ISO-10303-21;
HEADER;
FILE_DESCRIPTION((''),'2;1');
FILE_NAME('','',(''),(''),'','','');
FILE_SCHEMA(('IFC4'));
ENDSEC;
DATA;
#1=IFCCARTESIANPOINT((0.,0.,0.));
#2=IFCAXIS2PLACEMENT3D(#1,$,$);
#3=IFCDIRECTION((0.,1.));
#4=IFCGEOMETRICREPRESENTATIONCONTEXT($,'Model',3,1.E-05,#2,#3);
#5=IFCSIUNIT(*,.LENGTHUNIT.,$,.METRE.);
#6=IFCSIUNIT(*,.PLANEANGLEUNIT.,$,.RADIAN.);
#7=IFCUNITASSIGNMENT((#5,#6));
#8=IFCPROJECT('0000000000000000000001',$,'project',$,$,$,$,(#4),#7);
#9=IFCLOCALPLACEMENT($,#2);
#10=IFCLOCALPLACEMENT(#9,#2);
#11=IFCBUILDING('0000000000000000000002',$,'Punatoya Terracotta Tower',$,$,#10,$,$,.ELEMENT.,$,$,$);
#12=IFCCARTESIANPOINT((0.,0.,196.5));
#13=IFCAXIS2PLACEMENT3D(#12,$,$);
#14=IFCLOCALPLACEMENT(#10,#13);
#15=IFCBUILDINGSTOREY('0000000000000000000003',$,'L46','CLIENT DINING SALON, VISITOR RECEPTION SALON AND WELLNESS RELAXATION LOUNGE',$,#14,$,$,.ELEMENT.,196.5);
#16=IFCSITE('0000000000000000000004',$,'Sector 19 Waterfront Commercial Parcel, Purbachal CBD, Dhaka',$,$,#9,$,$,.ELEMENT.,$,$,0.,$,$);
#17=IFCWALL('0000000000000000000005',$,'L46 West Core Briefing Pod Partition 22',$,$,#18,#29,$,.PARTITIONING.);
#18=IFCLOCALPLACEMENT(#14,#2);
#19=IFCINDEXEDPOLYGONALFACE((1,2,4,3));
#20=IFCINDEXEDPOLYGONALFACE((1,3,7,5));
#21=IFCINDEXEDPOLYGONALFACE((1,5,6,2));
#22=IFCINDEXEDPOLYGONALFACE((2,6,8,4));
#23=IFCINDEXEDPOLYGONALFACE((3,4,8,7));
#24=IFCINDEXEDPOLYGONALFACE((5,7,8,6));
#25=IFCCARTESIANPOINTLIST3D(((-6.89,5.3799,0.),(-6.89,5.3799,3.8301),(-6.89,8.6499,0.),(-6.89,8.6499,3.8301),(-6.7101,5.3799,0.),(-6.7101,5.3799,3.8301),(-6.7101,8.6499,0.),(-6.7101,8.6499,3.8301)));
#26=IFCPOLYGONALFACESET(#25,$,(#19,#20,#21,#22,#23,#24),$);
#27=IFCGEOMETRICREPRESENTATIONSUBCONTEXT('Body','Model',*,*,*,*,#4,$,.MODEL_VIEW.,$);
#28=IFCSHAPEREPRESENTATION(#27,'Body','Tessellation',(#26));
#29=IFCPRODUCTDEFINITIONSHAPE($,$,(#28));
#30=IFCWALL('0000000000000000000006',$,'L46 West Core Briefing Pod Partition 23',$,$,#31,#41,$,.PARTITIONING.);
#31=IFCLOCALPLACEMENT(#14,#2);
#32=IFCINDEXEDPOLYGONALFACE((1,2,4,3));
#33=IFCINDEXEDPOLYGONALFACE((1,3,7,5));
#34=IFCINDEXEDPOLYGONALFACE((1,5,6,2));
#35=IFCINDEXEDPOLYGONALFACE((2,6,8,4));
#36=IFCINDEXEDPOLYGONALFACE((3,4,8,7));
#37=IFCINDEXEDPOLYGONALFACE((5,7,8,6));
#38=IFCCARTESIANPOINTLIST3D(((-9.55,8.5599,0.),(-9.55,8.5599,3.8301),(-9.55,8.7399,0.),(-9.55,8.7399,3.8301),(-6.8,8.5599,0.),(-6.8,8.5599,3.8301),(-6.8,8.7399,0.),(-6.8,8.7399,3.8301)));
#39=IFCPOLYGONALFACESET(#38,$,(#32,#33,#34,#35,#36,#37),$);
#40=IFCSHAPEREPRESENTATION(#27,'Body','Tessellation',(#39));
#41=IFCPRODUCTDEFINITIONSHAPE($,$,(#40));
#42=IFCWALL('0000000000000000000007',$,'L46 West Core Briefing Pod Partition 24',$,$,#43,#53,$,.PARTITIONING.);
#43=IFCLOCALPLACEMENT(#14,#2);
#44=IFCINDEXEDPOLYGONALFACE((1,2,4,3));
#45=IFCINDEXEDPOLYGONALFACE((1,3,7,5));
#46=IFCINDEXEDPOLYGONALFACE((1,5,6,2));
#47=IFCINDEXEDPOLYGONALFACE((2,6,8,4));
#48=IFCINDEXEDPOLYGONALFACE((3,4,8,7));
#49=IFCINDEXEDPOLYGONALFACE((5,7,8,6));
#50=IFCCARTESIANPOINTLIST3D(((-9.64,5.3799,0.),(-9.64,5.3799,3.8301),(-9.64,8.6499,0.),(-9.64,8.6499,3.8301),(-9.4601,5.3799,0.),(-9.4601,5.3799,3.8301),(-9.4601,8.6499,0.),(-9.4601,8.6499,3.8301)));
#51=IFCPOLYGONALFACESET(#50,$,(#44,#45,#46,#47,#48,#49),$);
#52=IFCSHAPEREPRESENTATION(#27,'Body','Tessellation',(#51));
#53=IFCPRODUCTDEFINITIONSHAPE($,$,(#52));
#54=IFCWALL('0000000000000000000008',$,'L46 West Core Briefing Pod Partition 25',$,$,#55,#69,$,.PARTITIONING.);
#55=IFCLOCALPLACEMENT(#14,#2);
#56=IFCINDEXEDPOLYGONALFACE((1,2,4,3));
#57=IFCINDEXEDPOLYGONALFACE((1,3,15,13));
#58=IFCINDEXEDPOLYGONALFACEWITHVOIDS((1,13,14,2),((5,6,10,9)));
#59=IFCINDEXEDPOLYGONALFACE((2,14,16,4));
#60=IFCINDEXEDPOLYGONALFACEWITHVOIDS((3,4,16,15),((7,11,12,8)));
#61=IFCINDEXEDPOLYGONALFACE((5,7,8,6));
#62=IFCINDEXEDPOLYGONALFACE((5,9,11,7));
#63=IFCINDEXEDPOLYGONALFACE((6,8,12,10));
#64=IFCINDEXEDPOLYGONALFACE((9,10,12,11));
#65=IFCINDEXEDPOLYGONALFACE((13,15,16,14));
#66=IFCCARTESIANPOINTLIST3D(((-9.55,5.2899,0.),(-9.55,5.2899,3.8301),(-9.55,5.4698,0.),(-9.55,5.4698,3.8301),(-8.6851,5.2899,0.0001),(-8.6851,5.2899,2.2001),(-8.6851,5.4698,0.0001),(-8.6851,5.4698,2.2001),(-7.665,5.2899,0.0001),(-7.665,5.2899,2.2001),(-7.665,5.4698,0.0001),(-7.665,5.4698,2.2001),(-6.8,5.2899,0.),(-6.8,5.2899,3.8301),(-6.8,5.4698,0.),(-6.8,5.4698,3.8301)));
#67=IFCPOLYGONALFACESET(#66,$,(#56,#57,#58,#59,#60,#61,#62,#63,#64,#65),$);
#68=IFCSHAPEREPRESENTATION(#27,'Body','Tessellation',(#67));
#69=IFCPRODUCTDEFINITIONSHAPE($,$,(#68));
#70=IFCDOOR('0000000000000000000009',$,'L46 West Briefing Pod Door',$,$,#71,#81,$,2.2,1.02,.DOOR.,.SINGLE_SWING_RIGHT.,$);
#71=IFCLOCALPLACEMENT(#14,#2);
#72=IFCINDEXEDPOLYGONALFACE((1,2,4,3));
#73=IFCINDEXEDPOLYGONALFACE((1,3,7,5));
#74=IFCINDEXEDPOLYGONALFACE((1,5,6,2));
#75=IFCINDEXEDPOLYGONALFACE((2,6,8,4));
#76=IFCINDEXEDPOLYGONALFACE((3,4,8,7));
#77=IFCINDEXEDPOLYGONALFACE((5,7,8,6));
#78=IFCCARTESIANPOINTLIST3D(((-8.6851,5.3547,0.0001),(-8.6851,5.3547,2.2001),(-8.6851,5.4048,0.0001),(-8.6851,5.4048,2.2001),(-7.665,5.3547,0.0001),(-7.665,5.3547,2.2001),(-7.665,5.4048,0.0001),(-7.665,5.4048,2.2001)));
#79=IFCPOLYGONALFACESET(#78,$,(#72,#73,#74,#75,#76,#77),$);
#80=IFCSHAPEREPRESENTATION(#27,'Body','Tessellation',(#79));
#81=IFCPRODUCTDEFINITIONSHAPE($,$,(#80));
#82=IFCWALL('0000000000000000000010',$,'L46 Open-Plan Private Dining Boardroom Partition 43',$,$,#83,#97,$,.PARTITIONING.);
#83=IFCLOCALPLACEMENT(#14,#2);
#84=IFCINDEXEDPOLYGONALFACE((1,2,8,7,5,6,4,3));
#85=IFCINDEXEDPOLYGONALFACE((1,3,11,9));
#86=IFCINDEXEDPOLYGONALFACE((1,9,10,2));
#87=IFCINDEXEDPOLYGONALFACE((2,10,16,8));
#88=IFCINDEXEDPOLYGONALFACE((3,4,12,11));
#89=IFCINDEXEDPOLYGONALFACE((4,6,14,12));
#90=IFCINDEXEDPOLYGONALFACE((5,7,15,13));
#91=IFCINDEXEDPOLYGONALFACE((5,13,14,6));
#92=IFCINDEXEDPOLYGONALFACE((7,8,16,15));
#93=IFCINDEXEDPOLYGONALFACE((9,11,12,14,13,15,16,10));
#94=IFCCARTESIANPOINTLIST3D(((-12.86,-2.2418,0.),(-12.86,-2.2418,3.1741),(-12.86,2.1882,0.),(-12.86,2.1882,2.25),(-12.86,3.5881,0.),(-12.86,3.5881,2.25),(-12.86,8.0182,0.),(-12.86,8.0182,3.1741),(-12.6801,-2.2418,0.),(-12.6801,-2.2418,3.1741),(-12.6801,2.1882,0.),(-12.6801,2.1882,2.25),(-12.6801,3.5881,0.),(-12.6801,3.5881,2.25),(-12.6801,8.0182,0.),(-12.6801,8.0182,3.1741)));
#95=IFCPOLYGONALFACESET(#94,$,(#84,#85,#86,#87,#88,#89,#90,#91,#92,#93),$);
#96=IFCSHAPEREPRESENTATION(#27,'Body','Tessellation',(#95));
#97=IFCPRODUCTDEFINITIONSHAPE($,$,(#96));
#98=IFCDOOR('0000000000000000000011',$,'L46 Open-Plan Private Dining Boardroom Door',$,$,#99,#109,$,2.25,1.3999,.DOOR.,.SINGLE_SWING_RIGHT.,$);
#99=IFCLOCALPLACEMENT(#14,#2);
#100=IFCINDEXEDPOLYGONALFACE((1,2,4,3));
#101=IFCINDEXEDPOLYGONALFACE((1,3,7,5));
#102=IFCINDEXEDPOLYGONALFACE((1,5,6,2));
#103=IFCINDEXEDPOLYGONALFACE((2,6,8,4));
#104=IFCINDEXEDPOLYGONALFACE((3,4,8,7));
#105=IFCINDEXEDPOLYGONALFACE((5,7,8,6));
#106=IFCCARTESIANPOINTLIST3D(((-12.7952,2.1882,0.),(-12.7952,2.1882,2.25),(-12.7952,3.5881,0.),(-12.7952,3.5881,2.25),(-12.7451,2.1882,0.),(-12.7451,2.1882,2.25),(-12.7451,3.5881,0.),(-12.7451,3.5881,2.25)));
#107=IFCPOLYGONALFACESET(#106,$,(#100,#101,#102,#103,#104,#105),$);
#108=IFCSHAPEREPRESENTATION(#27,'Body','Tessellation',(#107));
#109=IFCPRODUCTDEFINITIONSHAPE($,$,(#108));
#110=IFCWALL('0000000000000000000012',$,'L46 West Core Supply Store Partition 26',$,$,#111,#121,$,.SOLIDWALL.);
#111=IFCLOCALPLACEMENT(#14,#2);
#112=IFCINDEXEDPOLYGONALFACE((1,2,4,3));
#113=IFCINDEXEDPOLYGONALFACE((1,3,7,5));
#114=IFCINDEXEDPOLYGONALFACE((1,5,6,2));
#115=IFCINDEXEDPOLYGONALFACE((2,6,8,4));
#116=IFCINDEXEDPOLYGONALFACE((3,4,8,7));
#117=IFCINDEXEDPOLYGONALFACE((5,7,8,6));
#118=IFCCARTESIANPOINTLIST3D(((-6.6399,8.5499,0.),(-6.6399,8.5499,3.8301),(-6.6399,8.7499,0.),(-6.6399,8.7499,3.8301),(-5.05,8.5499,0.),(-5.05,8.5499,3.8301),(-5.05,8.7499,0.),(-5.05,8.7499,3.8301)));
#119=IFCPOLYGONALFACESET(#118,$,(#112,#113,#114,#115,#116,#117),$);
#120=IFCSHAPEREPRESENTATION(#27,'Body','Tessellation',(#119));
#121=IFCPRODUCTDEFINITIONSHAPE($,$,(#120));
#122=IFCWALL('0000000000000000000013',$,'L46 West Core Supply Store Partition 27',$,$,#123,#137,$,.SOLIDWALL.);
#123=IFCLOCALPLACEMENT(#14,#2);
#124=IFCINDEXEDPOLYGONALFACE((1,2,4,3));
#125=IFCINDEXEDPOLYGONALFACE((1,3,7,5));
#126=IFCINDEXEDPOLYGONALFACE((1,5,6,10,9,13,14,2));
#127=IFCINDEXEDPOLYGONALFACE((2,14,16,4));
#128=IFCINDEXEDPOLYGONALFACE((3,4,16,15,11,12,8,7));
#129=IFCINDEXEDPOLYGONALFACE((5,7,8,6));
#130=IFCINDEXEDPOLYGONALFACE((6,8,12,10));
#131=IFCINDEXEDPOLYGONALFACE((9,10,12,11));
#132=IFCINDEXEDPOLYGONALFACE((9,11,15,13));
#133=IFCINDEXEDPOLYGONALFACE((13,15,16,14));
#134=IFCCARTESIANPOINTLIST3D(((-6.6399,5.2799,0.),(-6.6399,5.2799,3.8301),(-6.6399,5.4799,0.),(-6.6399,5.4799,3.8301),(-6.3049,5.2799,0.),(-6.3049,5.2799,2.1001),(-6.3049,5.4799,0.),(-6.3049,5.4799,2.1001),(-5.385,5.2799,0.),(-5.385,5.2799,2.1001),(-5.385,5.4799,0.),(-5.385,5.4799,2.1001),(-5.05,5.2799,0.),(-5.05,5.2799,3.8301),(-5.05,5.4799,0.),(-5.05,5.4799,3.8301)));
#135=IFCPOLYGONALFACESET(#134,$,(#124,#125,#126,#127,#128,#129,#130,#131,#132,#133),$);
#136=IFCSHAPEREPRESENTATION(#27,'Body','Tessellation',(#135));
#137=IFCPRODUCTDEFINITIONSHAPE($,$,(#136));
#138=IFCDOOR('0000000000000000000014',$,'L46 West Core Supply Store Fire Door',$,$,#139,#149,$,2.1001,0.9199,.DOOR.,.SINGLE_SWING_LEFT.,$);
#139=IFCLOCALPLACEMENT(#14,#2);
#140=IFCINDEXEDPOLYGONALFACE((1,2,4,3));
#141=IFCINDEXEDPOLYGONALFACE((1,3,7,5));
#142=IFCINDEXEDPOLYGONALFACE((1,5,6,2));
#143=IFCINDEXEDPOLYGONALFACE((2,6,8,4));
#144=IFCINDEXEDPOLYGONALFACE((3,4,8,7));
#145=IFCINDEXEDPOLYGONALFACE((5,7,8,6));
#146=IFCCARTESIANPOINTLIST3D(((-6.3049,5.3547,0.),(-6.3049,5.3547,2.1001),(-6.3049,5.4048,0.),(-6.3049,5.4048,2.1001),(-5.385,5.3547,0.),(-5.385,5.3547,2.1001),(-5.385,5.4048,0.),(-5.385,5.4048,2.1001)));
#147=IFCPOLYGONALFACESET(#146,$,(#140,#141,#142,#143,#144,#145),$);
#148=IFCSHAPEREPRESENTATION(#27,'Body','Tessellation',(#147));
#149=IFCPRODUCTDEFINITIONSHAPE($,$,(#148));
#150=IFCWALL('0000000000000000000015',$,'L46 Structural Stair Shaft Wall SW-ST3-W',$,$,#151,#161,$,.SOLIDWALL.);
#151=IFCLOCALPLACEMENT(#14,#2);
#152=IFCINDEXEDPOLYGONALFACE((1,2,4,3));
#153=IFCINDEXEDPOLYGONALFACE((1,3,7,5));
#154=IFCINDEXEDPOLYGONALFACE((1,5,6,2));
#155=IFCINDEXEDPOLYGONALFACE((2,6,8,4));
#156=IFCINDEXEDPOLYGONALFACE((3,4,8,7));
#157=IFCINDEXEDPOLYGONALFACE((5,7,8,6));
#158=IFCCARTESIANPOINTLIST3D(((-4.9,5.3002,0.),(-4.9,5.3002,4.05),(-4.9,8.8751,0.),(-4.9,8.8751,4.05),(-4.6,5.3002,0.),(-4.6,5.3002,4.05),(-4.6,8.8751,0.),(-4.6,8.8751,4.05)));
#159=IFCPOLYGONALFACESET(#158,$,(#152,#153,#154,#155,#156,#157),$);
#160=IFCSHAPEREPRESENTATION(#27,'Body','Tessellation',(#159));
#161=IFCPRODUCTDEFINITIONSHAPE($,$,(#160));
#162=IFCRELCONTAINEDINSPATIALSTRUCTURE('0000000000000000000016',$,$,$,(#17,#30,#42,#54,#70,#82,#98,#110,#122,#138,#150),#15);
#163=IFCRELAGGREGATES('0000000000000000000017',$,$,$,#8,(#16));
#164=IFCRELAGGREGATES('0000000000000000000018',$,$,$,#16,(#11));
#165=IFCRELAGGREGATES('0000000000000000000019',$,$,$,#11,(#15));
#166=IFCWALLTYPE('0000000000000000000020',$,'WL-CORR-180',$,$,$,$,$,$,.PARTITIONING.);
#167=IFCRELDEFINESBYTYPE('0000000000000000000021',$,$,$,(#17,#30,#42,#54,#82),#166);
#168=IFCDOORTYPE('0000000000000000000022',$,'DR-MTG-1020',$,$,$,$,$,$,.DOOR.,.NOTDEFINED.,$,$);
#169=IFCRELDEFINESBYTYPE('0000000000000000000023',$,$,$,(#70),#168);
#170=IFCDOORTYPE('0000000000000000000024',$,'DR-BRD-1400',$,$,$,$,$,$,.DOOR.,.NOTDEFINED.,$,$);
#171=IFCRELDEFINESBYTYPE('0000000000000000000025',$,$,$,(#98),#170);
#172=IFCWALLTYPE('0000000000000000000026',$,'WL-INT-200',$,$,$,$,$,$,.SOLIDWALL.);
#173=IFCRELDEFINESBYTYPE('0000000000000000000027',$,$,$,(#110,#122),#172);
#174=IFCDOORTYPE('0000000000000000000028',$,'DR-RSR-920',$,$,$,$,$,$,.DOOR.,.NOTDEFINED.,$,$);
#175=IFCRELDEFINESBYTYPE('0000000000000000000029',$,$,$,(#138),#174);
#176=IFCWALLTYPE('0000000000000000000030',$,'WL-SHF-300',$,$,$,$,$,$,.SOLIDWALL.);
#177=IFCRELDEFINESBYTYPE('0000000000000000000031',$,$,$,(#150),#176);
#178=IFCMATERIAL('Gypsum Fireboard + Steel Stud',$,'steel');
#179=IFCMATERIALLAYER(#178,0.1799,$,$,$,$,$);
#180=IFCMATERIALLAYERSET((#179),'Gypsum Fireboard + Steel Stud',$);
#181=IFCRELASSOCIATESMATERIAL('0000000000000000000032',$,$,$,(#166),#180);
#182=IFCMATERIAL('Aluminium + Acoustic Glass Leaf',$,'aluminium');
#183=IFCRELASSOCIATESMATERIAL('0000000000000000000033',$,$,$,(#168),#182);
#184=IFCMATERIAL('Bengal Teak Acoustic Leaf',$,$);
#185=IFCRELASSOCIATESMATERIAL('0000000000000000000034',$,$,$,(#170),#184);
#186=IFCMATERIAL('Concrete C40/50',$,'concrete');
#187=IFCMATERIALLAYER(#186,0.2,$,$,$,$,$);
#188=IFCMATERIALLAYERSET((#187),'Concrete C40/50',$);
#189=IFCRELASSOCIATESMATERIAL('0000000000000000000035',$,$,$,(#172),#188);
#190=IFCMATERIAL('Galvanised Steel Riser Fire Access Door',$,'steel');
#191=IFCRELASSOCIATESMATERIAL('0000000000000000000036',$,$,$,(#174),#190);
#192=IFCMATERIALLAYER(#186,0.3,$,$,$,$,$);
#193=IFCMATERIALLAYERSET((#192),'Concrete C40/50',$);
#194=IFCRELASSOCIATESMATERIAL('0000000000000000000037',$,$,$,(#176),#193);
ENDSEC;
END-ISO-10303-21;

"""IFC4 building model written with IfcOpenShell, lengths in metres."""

from ifc_helpers import new_model, si_unit, direction, frame, frame_2d, origin, place, context, subcontext, project, spatial, rectangle, extrude, material, layer, layer_set, type_object, element, fill, save


model = new_model("IFC4")

# Units and contexts
model_context = context("Model", 3, precision=1e-05, world=origin(), true_north=direction((0.0, 1.0)))
body_context = subcontext(model_context, "Body", "Model", "MODEL_VIEW")
ifc_project = project(units=[si_unit("LENGTHUNIT", "METRE"), si_unit("PLANEANGLEUNIT", "RADIAN")], contexts=[model_context])

# Site, building, storey
site_placement = place(None, origin())
site = spatial("IfcSite", under=ifc_project, at=site_placement, Name="Sector 19 Waterfront Commercial Parcel, Purbachal CBD, Dhaka", CompositionType="ELEMENT", RefElevation=0.0)
building_placement = place(site_placement, origin())
building = spatial("IfcBuilding", under=site, at=building_placement, Name="Punatoya Terracotta Tower", CompositionType="ELEMENT")
storey_placement = place(building_placement, frame((0.0, 0.0, 196.5)))
storey = spatial("IfcBuildingStorey", under=building, at=storey_placement, Name="L46", Description="CLIENT DINING SALON, VISITOR RECEPTION SALON AND WELLNESS RELAXATION LOUNGE", CompositionType="ELEMENT", Elevation=196.5)

# Walls
ifc_material_1 = material(Name="Gypsum Fireboard + Steel Stud", Category="steel")
ifc_layer_1 = layer(ifc_material_1, 0.1799)
ifc_layer_set_1 = layer_set([ifc_layer_1], Name="Gypsum Fireboard + Steel Stud")
wall_type_1 = type_object("IfcWallType", Name="WL-CORR-180", PredefinedType="PARTITIONING", material=ifc_layer_set_1)
wall_1_placement = place(storey_placement, frame((-6.8, 5.3799, 0.0), z_axis=(0.0, 0.0, 1.0), x_axis=(0.0, 1.0, 0.0)))
element("IfcWall", 1, at=wall_1_placement, inside=storey, type_object=wall_type_1, Name="L46 West Core Briefing Pod Partition 22", PredefinedType="PARTITIONING", context=body_context, shape_type="SweptSolid", body=[
    extrude(rectangle(XDim=3.27, YDim=0.1799, at=frame_2d((1.635, 0.0))), origin(), (0.0, 0.0, 1.0), 3.8301),
])
wall_2_placement = place(storey_placement, frame((-6.8, 8.6499, 0.0), z_axis=(0.0, 0.0, 1.0), x_axis=(-1.0, 0.0, 0.0)))
element("IfcWall", 2, at=wall_2_placement, inside=storey, type_object=wall_type_1, Name="L46 West Core Briefing Pod Partition 23", PredefinedType="PARTITIONING", context=body_context, shape_type="SweptSolid", body=[
    extrude(rectangle(XDim=2.75, YDim=0.1799, at=frame_2d((1.375, 0.0))), origin(), (0.0, 0.0, 1.0), 3.8301),
])
wall_3_placement = place(storey_placement, frame((-9.55, 8.6499, 0.0), z_axis=(0.0, 0.0, 1.0), x_axis=(0.0, -1.0, 0.0)))
element("IfcWall", 3, at=wall_3_placement, inside=storey, type_object=wall_type_1, Name="L46 West Core Briefing Pod Partition 24", PredefinedType="PARTITIONING", context=body_context, shape_type="SweptSolid", body=[
    extrude(rectangle(XDim=3.27, YDim=0.1799, at=frame_2d((1.635, 0.0))), origin(), (0.0, 0.0, 1.0), 3.8301),
])

# Walls, openings, doors
wall_4_placement = place(storey_placement, frame((-9.55, 5.3799, 0.0), z_axis=(0.0, 0.0, 1.0), x_axis=(1.0, 0.0, 0.0)))
wall_4 = element("IfcWall", 4, at=wall_4_placement, inside=storey, type_object=wall_type_1, Name="L46 West Core Briefing Pod Partition 25", PredefinedType="PARTITIONING", context=body_context, shape_type="SweptSolid", body=[
    extrude(rectangle(XDim=2.75, YDim=0.1799, at=frame_2d((1.375, 0.0))), origin(), (0.0, 0.0, 1.0), 3.8301),
])
opening_1_placement = place(wall_4_placement, frame((0.865, 0.0, 0.0)))
opening_1 = element("IfcOpeningElement", 5, at=opening_1_placement, cuts=wall_4, PredefinedType="OPENING", context=body_context, shape_type="SweptSolid", body=[
    extrude(rectangle(XDim=1.02, YDim=2.2, at=frame_2d((0.51, 1.1001))), frame((0.0, 0.0999, 0.0), z_axis=(0.0, -1.0, 0.0), x_axis=(1.0, 0.0, 0.0)), (0.0, 0.0, 1.0), 0.2),
])
ifc_material_2 = material(Name="Aluminium + Acoustic Glass Leaf", Category="aluminium")
door_type_1 = type_object("IfcDoorType", Name="DR-MTG-1020", OperationType="NOTDEFINED", PredefinedType="DOOR", material=ifc_material_2)
door_1_placement = place(opening_1_placement, origin())
door_1 = element("IfcDoor", 6, at=door_1_placement, inside=storey, type_object=door_type_1, Name="L46 West Briefing Pod Door", OperationType="SINGLE_SWING_RIGHT", OverallHeight=2.2, OverallWidth=1.02, PredefinedType="DOOR", context=body_context, shape_type="SweptSolid", body=[
    extrude(rectangle(XDim=1.02, YDim=2.2, at=frame_2d((0.51, 1.1001))), frame((0.0, 0.0249, 0.0), z_axis=(0.0, -1.0, 0.0), x_axis=(1.0, 0.0, 0.0)), (0.0, 0.0, 1.0), 0.05),
])
fill(opening_1, door_1)
wall_5_placement = place(storey_placement, frame((-12.77, 8.0181, 0.0), z_axis=(0.0, 0.0, 1.0), x_axis=(0.0, -1.0, 0.0)))
wall_5 = element("IfcWall", 7, at=wall_5_placement, inside=storey, type_object=wall_type_1, Name="L46 Open-Plan Private Dining Boardroom Partition 43", PredefinedType="PARTITIONING", context=body_context, shape_type="SweptSolid", body=[
    extrude(rectangle(XDim=10.26, YDim=0.1799, at=frame_2d((5.1299, 0.0))), origin(), (0.0, 0.0, 1.0), 3.1741),
])
opening_2_placement = place(wall_5_placement, frame((4.4299, 0.0, 0.0)))
opening_2 = element("IfcOpeningElement", 8, at=opening_2_placement, cuts=wall_5, PredefinedType="OPENING", context=body_context, shape_type="SweptSolid", body=[
    extrude(rectangle(XDim=1.3999, YDim=2.25, at=frame_2d((0.7, 1.125))), frame((0.0, 0.0999, 0.0), z_axis=(0.0, -1.0, 0.0), x_axis=(1.0, 0.0, 0.0)), (0.0, 0.0, 1.0), 0.2),
])
ifc_material_3 = material(Name="Bengal Teak Acoustic Leaf")
door_type_2 = type_object("IfcDoorType", Name="DR-BRD-1400", OperationType="NOTDEFINED", PredefinedType="DOOR", material=ifc_material_3)
door_2_placement = place(opening_2_placement, origin())
door_2 = element("IfcDoor", 9, at=door_2_placement, inside=storey, type_object=door_type_2, Name="L46 Open-Plan Private Dining Boardroom Door", OperationType="SINGLE_SWING_RIGHT", OverallHeight=2.25, OverallWidth=1.3999, PredefinedType="DOOR", context=body_context, shape_type="SweptSolid", body=[
    extrude(rectangle(XDim=1.3999, YDim=2.25, at=frame_2d((0.7, 1.125))), frame((0.0, 0.0249, 0.0), z_axis=(0.0, -1.0, 0.0), x_axis=(1.0, 0.0, 0.0)), (0.0, 0.0, 1.0), 0.05),
])
fill(opening_2, door_2)

# Wall
ifc_material_4 = material(Name="Concrete C40/50", Category="concrete")
ifc_layer_2 = layer(ifc_material_4, 0.2)
ifc_layer_set_2 = layer_set([ifc_layer_2], Name="Concrete C40/50")
wall_type_2 = type_object("IfcWallType", Name="WL-INT-200", PredefinedType="SOLIDWALL", material=ifc_layer_set_2)
wall_6_placement = place(storey_placement, frame((-5.05, 8.6499, 0.0), z_axis=(0.0, 0.0, 1.0), x_axis=(-1.0, 0.0, 0.0)))
element("IfcWall", 10, at=wall_6_placement, inside=storey, type_object=wall_type_2, Name="L46 West Core Supply Store Partition 26", PredefinedType="SOLIDWALL", context=body_context, shape_type="SweptSolid", body=[
    extrude(rectangle(XDim=1.5898, YDim=0.2, at=frame_2d((0.7949, 0.0))), origin(), (0.0, 0.0, 1.0), 3.8301),
])

# Wall, opening, door
wall_7_placement = place(storey_placement, frame((-6.6399, 5.3799, 0.0), z_axis=(0.0, 0.0, 1.0), x_axis=(1.0, 0.0, 0.0)))
wall_7 = element("IfcWall", 11, at=wall_7_placement, inside=storey, type_object=wall_type_2, Name="L46 West Core Supply Store Partition 27", PredefinedType="SOLIDWALL", context=body_context, shape_type="SweptSolid", body=[
    extrude(rectangle(XDim=1.5898, YDim=0.2, at=frame_2d((0.7949, 0.0))), origin(), (0.0, 0.0, 1.0), 3.8301),
])
opening_3_placement = place(wall_7_placement, frame((0.335, 0.0, 0.0)))
opening_3 = element("IfcOpeningElement", 12, at=opening_3_placement, cuts=wall_7, PredefinedType="OPENING", context=body_context, shape_type="SweptSolid", body=[
    extrude(rectangle(XDim=0.9199, YDim=2.1001, at=frame_2d((0.46, 1.05))), frame((0.0, 0.1099, 0.0), z_axis=(0.0, -1.0, 0.0), x_axis=(1.0, 0.0, 0.0)), (0.0, 0.0, 1.0), 0.22),
])
ifc_material_5 = material(Name="Galvanised Steel Riser Fire Access Door", Category="steel")
door_type_3 = type_object("IfcDoorType", Name="DR-RSR-920", OperationType="NOTDEFINED", PredefinedType="DOOR", material=ifc_material_5)
door_3_placement = place(opening_3_placement, origin())
door_3 = element("IfcDoor", 13, at=door_3_placement, inside=storey, type_object=door_type_3, Name="L46 West Core Supply Store Fire Door", OperationType="SINGLE_SWING_LEFT", OverallHeight=2.1001, OverallWidth=0.9199, PredefinedType="DOOR", context=body_context, shape_type="SweptSolid", body=[
    extrude(rectangle(XDim=0.9199, YDim=2.1001, at=frame_2d((0.46, 1.05))), frame((0.0, 0.0249, 0.0), z_axis=(0.0, -1.0, 0.0), x_axis=(1.0, 0.0, 0.0)), (0.0, 0.0, 1.0), 0.05),
])
fill(opening_3, door_3)

# Wall
ifc_layer_3 = layer(ifc_material_4, 0.3)
ifc_layer_set_3 = layer_set([ifc_layer_3], Name="Concrete C40/50")
wall_type_3 = type_object("IfcWallType", Name="WL-SHF-300", PredefinedType="SOLIDWALL", material=ifc_layer_set_3)
wall_8_placement = place(storey_placement, frame((-4.75, 5.3, 0.0), z_axis=(0.0, 0.0, 1.0), x_axis=(0.0, 1.0, 0.0)))
element("IfcWall", 14, at=wall_8_placement, inside=storey, type_object=wall_type_3, Name="L46 Structural Stair Shaft Wall SW-ST3-W", PredefinedType="SOLIDWALL", context=body_context, shape_type="SweptSolid", body=[
    extrude(rectangle(XDim=3.575, YDim=0.3, at=frame_2d((1.7876, 0.0))), origin(), (0.0, 0.0, 1.0), 4.05),
])

save(model, "model.ifc")
